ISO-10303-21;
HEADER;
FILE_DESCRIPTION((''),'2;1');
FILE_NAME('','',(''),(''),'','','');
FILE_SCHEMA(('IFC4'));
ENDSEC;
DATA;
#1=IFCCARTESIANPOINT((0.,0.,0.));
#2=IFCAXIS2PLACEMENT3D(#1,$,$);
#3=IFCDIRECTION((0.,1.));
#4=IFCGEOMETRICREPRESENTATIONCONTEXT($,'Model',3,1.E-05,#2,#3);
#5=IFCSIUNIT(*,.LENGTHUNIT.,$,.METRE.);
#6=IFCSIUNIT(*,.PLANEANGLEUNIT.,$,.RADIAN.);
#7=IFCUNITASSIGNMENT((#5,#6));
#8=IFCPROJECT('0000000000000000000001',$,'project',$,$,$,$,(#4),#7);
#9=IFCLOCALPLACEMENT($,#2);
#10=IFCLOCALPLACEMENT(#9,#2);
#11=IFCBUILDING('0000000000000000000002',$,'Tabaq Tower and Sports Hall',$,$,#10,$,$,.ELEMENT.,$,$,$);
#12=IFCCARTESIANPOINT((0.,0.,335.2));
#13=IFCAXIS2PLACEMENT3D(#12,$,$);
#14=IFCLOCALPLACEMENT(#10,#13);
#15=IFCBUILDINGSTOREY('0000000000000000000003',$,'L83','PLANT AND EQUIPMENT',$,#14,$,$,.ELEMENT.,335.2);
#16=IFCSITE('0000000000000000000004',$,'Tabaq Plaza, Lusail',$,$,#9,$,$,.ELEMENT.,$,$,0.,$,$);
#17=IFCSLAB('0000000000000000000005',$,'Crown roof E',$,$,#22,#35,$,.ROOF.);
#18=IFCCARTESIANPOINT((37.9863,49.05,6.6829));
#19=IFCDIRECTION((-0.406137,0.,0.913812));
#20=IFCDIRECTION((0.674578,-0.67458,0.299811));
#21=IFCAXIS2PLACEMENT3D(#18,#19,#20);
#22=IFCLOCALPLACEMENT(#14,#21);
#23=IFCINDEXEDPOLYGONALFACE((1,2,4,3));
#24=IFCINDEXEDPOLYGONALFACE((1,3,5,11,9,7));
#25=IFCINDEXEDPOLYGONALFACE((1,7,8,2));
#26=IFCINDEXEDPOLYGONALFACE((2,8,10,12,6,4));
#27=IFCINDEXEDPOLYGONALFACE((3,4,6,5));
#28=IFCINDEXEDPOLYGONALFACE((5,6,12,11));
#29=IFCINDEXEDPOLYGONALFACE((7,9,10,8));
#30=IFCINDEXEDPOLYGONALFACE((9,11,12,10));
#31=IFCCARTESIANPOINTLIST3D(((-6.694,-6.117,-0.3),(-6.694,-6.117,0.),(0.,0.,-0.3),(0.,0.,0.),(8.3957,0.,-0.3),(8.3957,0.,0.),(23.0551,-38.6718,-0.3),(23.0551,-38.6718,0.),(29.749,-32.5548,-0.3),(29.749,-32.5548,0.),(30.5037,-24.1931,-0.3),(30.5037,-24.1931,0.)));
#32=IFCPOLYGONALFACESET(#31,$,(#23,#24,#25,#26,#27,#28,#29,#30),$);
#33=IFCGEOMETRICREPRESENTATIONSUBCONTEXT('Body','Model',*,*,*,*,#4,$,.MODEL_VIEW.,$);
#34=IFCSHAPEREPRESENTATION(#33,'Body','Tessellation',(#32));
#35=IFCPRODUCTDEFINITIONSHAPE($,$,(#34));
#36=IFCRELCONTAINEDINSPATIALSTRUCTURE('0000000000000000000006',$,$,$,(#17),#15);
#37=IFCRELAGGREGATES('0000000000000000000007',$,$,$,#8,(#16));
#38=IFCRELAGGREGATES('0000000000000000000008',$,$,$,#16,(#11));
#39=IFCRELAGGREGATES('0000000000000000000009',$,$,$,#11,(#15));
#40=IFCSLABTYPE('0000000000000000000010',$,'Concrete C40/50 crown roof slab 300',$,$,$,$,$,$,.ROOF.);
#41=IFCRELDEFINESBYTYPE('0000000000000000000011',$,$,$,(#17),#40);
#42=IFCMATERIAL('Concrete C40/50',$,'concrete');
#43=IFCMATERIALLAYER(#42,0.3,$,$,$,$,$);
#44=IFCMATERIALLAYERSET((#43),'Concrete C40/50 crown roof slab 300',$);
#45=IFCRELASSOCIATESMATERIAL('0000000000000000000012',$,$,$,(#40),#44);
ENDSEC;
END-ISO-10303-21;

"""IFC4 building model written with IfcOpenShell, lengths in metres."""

from ifc_helpers import new_model, si_unit, direction, frame, origin, place, context, subcontext, project, spatial, polyline, outline, extrude, material, layer, layer_set, type_object, element, save


model = new_model("IFC4")

# Units and contexts
model_context = context("Model", 3, precision=1e-05, world=origin(), true_north=direction((0.0, 1.0)))
body_context = subcontext(model_context, "Body", "Model", "MODEL_VIEW")
ifc_project = project(units=[si_unit("LENGTHUNIT", "METRE"), si_unit("PLANEANGLEUNIT", "RADIAN")], contexts=[model_context])

# Site, building, storey
site_placement = place(None, origin())
site = spatial("IfcSite", under=ifc_project, at=site_placement, Name="Tabaq Plaza, Lusail", CompositionType="ELEMENT", RefElevation=0.0)
building_placement = place(site_placement, origin())
building = spatial("IfcBuilding", under=site, at=building_placement, Name="Tabaq Tower and Sports Hall", CompositionType="ELEMENT")
storey_placement = place(building_placement, frame((0.0, 0.0, 335.2)))
storey = spatial("IfcBuildingStorey", under=building, at=storey_placement, Name="L83", Description="PLANT AND EQUIPMENT", CompositionType="ELEMENT", Elevation=335.2)

# Slab
ifc_material_1 = material(Name="Concrete C40/50", Category="concrete")
ifc_layer_1 = layer(ifc_material_1, 0.3)
ifc_layer_set_1 = layer_set([ifc_layer_1], Name="Concrete C40/50 crown roof slab 300")
slab_type = type_object("IfcSlabType", Name="Concrete C40/50 crown roof slab 300", PredefinedType="ROOF", material=ifc_layer_set_1)
slab_placement = place(storey_placement, frame((37.9863, 49.05, 6.6829), z_axis=(-0.406137, 0.0, 0.913812), x_axis=(0.674578, -0.67458, 0.299811)))
element("IfcSlab", 1, at=slab_placement, inside=storey, type_object=slab_type, Name="Crown roof E", PredefinedType="ROOF", context=body_context, shape_type="SweptSolid", body=[
    extrude(outline(polyline([(0.0, 0.0), (8.3957, 0.0), (30.5037, -24.1931), (29.749, -32.5548), (23.0551, -38.6718), (-6.694, -6.117), (0.0, 0.0)])), origin(), (0.0, 0.0, -1.0), 0.3),
])

save(model, "model.ifc")
